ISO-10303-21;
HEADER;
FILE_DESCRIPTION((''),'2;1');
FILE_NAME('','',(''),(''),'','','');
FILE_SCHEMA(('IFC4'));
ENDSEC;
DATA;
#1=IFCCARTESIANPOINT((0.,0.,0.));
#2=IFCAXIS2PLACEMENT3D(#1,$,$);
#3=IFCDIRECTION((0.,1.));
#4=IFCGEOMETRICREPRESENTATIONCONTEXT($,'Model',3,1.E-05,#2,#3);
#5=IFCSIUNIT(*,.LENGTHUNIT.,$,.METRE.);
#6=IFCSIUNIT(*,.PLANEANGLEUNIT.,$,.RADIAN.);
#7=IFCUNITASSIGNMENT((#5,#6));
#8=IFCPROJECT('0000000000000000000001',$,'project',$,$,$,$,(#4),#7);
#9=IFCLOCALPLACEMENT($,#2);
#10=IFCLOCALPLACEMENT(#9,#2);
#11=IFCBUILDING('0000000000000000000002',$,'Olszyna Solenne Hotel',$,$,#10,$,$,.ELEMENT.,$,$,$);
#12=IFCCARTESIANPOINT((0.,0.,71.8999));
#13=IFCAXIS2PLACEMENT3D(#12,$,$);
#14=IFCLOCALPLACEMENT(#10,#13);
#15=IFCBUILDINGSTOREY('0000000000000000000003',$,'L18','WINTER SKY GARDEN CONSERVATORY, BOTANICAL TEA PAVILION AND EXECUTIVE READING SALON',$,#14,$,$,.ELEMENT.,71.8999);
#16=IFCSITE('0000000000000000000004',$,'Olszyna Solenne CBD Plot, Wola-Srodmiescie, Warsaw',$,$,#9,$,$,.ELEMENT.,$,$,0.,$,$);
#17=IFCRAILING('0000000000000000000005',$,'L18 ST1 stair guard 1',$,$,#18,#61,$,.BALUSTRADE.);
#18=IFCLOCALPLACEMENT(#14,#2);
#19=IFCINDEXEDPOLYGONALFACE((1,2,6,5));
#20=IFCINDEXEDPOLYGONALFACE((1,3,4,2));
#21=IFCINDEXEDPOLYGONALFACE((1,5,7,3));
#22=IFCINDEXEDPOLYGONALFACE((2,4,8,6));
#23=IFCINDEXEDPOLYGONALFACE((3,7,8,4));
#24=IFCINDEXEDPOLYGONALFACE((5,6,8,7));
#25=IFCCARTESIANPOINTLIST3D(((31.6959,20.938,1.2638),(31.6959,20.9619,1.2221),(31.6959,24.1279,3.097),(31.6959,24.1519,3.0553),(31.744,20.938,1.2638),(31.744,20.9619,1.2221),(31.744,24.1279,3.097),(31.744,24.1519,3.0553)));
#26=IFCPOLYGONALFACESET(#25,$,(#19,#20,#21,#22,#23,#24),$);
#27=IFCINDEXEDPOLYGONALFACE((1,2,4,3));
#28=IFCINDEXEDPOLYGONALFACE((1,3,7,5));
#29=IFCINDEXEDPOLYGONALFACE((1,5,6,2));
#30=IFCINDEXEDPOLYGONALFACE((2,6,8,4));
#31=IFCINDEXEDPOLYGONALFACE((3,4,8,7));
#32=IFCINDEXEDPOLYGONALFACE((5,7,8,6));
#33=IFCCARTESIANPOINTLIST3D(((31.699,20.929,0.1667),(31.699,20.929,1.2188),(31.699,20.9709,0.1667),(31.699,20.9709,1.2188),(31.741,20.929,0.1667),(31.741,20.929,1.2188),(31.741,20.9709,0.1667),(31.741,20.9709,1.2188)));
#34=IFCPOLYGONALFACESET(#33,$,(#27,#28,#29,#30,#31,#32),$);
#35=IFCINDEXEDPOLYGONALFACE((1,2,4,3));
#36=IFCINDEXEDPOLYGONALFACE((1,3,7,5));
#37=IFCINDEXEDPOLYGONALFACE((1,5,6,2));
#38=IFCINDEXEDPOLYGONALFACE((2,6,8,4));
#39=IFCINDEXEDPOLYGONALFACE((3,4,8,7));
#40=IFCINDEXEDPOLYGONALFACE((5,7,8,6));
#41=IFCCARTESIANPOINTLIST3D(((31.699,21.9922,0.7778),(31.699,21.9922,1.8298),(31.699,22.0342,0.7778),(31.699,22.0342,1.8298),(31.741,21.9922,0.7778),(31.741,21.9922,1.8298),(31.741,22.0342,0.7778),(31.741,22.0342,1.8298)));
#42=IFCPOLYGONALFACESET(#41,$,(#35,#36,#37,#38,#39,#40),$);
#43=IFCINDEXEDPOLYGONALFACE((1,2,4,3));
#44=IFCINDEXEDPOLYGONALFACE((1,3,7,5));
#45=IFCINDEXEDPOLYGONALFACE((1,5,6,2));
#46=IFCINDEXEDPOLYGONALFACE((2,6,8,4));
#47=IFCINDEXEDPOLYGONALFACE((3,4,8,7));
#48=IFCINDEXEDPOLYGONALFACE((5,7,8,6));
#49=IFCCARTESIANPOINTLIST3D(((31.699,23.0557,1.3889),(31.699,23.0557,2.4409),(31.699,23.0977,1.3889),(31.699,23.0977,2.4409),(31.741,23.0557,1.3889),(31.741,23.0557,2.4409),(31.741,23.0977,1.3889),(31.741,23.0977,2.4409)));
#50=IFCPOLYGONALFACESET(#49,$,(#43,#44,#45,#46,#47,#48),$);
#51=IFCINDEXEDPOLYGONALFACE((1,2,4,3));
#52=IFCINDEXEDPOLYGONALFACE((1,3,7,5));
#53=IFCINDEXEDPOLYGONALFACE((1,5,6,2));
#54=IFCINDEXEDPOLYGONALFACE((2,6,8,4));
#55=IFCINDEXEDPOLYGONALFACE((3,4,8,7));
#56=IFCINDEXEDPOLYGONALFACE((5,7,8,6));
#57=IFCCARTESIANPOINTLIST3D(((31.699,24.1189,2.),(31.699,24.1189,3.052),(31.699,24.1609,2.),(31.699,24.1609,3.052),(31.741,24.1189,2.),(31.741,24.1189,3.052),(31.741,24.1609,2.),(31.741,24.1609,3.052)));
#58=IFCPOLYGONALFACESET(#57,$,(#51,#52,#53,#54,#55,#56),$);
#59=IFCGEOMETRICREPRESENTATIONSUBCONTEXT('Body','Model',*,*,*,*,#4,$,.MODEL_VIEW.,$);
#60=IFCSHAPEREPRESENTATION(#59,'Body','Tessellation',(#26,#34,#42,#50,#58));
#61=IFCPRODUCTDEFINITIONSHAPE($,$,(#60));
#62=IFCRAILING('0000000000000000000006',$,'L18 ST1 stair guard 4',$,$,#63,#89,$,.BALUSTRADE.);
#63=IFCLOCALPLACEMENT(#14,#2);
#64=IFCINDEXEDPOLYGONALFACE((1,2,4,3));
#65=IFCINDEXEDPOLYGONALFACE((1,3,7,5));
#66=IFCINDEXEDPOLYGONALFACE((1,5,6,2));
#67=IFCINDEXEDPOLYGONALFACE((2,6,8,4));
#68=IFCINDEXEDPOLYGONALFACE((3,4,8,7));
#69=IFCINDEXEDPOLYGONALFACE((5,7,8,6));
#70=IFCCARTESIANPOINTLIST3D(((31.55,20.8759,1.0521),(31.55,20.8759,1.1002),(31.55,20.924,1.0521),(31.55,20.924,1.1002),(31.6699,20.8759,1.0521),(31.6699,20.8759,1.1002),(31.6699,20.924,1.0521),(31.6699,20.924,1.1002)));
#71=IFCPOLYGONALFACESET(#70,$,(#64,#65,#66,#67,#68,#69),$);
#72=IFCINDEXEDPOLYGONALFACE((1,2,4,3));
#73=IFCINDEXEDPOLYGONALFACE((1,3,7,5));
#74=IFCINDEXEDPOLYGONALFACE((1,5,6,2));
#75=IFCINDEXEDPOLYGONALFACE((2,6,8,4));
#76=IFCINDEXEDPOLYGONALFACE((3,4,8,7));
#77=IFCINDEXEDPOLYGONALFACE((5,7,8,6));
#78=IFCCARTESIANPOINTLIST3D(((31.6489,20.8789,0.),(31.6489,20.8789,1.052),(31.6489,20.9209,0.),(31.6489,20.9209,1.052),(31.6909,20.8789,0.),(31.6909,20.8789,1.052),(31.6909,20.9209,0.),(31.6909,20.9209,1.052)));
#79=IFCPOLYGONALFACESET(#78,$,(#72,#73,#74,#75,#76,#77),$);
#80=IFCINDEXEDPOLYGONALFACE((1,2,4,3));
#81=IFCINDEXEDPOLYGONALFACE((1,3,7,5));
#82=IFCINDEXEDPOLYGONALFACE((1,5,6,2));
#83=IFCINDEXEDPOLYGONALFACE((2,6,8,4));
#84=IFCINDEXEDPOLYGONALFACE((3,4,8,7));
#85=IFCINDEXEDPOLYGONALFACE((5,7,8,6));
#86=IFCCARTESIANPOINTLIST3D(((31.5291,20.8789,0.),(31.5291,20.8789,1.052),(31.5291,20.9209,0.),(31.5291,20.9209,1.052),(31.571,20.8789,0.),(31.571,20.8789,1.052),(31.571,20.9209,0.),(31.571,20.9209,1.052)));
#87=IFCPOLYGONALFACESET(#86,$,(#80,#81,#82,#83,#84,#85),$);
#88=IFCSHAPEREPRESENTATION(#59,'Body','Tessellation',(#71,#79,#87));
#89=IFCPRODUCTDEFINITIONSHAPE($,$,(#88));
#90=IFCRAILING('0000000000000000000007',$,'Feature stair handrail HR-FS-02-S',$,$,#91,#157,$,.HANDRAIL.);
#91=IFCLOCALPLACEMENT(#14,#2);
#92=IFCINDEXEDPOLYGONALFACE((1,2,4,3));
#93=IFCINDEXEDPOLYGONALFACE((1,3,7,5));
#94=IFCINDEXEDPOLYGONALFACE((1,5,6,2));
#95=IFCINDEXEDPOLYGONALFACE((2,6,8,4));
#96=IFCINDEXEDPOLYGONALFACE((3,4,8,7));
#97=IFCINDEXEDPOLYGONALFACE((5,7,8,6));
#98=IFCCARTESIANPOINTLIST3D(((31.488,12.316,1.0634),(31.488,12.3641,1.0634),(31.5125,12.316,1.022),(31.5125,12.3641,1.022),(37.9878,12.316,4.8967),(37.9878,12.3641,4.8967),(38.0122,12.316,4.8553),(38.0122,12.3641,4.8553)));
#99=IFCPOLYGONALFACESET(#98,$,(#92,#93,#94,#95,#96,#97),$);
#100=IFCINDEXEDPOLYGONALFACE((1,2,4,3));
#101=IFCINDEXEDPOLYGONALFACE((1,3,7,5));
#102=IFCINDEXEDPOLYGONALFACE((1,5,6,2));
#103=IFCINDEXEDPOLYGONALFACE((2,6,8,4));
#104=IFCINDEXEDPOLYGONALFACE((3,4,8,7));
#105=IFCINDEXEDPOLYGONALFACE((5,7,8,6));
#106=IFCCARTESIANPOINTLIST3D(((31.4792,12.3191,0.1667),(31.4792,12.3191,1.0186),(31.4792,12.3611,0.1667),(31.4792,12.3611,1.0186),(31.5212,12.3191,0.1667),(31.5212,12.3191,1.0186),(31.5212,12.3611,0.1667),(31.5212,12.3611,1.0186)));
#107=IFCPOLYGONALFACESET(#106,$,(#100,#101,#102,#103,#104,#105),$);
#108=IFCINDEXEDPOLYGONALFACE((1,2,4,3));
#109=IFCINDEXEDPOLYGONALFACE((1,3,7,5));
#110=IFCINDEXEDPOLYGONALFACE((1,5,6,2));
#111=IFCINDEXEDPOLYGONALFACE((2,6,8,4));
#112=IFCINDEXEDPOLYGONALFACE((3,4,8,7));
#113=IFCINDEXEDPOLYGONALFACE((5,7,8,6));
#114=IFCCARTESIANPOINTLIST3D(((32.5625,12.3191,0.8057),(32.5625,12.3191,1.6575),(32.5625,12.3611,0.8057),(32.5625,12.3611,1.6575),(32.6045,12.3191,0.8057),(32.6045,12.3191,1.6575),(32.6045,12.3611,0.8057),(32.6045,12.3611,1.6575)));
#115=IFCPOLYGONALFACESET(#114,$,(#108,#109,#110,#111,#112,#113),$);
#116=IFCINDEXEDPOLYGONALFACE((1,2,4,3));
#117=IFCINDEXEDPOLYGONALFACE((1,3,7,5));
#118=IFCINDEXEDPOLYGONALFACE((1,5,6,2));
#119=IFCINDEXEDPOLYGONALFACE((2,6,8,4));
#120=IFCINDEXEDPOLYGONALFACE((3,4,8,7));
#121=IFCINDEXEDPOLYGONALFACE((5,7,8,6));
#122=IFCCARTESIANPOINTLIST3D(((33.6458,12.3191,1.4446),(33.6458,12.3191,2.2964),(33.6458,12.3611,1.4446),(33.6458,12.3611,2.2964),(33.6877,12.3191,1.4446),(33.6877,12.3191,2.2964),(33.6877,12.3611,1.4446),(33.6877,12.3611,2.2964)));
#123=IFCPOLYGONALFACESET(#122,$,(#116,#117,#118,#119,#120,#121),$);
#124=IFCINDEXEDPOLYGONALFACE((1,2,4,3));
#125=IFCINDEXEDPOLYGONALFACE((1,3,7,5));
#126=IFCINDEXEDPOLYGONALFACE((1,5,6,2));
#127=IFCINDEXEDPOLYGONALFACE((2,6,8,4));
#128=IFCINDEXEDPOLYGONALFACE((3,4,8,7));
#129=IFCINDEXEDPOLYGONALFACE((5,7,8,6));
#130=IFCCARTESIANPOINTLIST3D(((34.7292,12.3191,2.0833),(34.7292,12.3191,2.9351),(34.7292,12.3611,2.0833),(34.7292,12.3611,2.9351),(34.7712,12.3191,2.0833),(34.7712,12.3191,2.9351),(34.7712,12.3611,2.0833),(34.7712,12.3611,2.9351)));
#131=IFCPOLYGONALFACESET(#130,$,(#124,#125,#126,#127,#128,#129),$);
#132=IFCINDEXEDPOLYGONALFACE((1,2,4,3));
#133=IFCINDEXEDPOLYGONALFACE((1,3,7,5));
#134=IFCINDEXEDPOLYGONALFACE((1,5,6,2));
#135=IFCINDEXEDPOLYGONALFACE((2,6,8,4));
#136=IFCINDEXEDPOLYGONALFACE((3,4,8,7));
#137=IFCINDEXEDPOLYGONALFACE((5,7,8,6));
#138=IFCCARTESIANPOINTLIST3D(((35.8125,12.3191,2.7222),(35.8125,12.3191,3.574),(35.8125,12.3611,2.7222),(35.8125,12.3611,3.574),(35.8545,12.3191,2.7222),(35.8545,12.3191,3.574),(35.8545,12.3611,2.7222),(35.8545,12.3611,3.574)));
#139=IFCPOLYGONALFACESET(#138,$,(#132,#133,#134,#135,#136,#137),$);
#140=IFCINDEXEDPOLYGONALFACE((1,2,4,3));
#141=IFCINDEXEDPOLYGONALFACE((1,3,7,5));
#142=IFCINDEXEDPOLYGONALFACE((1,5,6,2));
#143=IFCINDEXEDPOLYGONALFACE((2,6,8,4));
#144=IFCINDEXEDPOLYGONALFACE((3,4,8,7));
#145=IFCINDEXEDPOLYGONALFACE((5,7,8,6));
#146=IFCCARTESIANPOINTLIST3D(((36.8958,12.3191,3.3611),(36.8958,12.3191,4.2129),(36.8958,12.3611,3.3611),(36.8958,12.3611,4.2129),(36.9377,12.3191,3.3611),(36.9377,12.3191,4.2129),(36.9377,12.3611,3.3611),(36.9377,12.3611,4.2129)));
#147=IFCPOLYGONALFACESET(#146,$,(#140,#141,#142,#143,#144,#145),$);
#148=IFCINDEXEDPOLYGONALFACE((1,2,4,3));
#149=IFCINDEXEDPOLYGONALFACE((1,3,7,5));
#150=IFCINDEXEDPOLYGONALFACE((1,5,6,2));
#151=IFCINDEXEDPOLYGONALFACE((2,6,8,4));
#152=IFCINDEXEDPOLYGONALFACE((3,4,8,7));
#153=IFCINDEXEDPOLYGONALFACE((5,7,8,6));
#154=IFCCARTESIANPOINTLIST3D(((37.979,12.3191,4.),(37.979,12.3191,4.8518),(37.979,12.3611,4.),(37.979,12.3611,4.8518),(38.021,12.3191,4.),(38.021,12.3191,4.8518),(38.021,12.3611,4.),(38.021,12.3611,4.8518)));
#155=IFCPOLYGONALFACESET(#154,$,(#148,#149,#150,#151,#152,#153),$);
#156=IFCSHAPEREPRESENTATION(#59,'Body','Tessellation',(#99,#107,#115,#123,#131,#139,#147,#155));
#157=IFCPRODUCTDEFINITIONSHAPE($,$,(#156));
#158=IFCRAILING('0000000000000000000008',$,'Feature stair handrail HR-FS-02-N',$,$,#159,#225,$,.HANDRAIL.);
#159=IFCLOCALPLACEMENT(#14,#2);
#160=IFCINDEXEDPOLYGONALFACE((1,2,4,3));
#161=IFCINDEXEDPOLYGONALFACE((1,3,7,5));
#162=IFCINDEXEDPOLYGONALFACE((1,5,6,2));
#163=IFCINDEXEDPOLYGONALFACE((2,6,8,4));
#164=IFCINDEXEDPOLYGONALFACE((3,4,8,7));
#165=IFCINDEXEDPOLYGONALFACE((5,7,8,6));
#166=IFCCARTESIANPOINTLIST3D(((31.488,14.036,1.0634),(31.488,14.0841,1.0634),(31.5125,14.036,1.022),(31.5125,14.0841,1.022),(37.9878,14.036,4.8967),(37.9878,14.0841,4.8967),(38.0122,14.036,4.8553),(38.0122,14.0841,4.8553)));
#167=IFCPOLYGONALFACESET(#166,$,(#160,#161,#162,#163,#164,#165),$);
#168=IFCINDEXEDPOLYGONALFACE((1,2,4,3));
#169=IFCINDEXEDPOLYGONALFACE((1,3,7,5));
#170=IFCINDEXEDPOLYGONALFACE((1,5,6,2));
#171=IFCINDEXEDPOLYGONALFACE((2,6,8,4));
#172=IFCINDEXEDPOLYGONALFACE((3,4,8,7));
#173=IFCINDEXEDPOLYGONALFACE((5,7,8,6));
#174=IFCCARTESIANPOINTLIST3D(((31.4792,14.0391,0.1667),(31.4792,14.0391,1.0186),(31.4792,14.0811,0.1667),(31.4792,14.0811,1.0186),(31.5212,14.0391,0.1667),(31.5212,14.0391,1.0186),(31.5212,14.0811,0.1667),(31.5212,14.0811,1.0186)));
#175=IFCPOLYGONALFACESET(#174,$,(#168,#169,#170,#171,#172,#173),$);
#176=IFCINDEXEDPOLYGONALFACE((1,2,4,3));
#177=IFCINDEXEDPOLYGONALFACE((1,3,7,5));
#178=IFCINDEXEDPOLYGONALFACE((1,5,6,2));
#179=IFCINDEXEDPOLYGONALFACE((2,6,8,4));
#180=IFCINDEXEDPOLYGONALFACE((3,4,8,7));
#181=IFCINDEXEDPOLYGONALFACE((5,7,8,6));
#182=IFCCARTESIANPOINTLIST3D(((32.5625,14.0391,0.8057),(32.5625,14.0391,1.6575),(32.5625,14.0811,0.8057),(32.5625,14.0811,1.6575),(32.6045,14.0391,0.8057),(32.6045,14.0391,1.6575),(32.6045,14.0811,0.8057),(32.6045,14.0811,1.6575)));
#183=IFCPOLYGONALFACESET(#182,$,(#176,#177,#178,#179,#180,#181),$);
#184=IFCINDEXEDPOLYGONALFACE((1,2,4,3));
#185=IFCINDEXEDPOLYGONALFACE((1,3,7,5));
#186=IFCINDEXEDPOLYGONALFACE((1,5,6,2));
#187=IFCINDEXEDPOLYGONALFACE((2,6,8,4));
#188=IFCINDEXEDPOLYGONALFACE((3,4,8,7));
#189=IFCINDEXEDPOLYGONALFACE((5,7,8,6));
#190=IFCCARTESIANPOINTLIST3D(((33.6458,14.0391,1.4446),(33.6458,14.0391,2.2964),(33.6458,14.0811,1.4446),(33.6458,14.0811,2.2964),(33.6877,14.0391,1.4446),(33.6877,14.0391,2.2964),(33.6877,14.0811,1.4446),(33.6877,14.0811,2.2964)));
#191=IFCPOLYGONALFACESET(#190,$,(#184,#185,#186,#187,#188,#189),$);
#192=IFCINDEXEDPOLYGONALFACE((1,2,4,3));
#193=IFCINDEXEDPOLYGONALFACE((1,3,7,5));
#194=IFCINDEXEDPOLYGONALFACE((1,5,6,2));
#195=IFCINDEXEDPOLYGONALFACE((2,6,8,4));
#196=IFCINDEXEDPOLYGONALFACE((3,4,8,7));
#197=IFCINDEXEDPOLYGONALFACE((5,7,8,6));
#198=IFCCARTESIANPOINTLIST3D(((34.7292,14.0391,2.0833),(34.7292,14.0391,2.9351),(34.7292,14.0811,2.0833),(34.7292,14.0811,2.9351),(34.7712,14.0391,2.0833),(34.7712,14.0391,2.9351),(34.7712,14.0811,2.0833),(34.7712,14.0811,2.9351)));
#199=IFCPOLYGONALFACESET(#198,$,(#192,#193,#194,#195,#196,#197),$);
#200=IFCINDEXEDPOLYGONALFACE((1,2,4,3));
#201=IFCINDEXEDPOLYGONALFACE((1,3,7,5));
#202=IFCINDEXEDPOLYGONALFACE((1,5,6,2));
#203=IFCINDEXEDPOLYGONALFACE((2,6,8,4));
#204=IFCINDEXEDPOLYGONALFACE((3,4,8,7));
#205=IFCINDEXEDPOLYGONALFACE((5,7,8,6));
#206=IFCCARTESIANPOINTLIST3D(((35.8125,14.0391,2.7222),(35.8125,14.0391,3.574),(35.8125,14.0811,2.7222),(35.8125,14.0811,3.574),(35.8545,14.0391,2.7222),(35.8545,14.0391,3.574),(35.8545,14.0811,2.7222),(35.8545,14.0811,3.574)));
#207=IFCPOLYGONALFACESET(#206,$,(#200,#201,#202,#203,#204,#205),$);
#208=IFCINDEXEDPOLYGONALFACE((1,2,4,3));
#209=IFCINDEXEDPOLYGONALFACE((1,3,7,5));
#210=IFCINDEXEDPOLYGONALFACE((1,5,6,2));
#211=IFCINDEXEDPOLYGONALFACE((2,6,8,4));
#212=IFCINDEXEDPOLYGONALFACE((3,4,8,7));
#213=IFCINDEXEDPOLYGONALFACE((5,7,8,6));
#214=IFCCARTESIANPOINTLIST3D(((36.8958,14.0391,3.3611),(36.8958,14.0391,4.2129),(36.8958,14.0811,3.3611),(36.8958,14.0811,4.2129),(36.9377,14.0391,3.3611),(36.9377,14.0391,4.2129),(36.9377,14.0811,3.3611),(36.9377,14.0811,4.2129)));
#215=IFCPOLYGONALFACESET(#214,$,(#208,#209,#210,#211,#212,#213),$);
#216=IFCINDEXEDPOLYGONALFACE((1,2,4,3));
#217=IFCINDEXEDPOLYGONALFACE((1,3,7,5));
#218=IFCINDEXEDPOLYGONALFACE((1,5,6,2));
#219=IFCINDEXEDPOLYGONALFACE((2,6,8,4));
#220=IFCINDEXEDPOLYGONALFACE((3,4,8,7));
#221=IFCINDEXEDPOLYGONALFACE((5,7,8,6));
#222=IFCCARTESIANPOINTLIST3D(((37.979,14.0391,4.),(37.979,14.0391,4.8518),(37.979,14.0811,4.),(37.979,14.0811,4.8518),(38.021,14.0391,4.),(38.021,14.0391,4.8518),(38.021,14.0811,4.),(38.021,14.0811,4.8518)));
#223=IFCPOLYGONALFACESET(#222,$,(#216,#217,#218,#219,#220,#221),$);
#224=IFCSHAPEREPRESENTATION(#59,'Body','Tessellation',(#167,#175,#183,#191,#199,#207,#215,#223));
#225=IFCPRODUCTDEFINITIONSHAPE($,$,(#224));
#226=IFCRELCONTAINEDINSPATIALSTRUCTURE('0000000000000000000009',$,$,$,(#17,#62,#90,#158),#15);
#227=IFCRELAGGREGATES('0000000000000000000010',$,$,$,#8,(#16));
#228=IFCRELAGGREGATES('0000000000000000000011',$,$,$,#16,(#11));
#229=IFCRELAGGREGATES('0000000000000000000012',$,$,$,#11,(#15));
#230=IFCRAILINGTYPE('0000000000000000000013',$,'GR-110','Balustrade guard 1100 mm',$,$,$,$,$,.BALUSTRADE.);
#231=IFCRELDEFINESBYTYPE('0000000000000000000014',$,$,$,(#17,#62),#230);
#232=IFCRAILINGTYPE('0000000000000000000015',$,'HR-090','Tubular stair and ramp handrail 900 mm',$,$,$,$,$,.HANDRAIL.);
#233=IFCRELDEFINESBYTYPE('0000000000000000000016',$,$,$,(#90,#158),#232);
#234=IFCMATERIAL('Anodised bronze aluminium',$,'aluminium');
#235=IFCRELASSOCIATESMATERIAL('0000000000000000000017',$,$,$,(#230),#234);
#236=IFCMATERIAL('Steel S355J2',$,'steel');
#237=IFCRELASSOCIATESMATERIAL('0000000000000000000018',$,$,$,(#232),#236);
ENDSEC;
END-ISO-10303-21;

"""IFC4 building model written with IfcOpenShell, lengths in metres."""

from ifc_helpers import new_model, si_unit, direction, frame, origin, origin_2d, place, context, subcontext, project, spatial, rectangle, extrude, material, type_object, element, save


model = new_model("IFC4")

# Units and contexts
model_context = context("Model", 3, precision=1e-05, world=origin(), true_north=direction((0.0, 1.0)))
body_context = subcontext(model_context, "Body", "Model", "MODEL_VIEW")
ifc_project = project(units=[si_unit("LENGTHUNIT", "METRE"), si_unit("PLANEANGLEUNIT", "RADIAN")], contexts=[model_context])

# Site, building, storey
site_placement = place(None, origin())
site = spatial("IfcSite", under=ifc_project, at=site_placement, Name="Olszyna Solenne CBD Plot, Wola-Srodmiescie, Warsaw", CompositionType="ELEMENT", RefElevation=0.0)
building_placement = place(site_placement, origin())
building = spatial("IfcBuilding", under=site, at=building_placement, Name="Olszyna Solenne Hotel", CompositionType="ELEMENT")
storey_placement = place(building_placement, frame((0.0, 0.0, 71.8999)))
storey = spatial("IfcBuildingStorey", under=building, at=storey_placement, Name="L18", Description="WINTER SKY GARDEN CONSERVATORY, BOTANICAL TEA PAVILION AND EXECUTIVE READING SALON", CompositionType="ELEMENT", Elevation=71.8999)

# Shared definitions
ifc_material_1 = material(Name="Steel S355J2", Category="steel")

# Shared definitions
ifc_material_2 = material(Name="Anodised bronze aluminium", Category="aluminium")

# Railings
railing_type_1 = type_object("IfcRailingType", Name="GR-110", Description="Balustrade guard 1100 mm", PredefinedType="BALUSTRADE", material=ifc_material_2)
railing_1_placement = place(storey_placement, frame((31.72, 20.95, 0.1667)))
element("IfcRailing", 1, at=railing_1_placement, inside=storey, type_object=railing_type_1, Name="L18 ST1 stair guard 1", PredefinedType="BALUSTRADE", context=body_context, shape_type="SweptSolid", body=[
    extrude(rectangle(XDim=0.0481, YDim=0.0481, at=origin_2d()), frame((0.0, 0.0, 1.0762), z_axis=(0.0, 0.86702, 0.498274), x_axis=(-1.0, 0.0, 0.0)), (0.0, 0.0, 1.0), 3.6792),
    extrude(rectangle(XDim=0.042, YDim=0.042, at=origin_2d()), origin(), (0.0, 0.0, 1.0), 1.052),
    extrude(rectangle(XDim=0.042, YDim=0.042, at=origin_2d()), frame((0.0, 1.0632, 0.6111)), (0.0, 0.0, 1.0), 1.052),
    extrude(rectangle(XDim=0.042, YDim=0.042, at=origin_2d()), frame((0.0, 2.1267, 1.2222)), (0.0, 0.0, 1.0), 1.052),
    extrude(rectangle(XDim=0.042, YDim=0.042, at=origin_2d()), frame((0.0, 3.1899, 1.8333)), (0.0, 0.0, 1.0), 1.052),
])
railing_2_placement = place(storey_placement, frame((31.6699, 20.8999, 0.0)))
element("IfcRailing", 2, at=railing_2_placement, inside=storey, type_object=railing_type_1, Name="L18 ST1 stair guard 4", PredefinedType="BALUSTRADE", context=body_context, shape_type="SweptSolid", body=[
    extrude(rectangle(XDim=0.0481, YDim=0.0481, at=origin_2d()), frame((0.0, 0.0, 1.0762), z_axis=(-1.0, 0.0, 0.0), x_axis=(0.0, -1.0, 0.0)), (0.0, 0.0, 1.0), 0.1199),
    extrude(rectangle(XDim=0.042, YDim=0.042, at=origin_2d()), origin(), (0.0, 0.0, 1.0), 1.052),
    extrude(rectangle(XDim=0.042, YDim=0.042, at=origin_2d()), frame((-0.1199, 0.0, 0.0)), (0.0, 0.0, 1.0), 1.052),
])
railing_type_2 = type_object("IfcRailingType", Name="HR-090", Description="Tubular stair and ramp handrail 900 mm", PredefinedType="HANDRAIL", material=ifc_material_1)
for number, where, name in (
    (3, (31.5002, 12.3401, 0.1667), "Feature stair handrail HR-FS-02-S"),
    (4, (31.5002, 14.0601, 0.1667), "Feature stair handrail HR-FS-02-N"),
):
    element("IfcRailing", number, at=place(storey_placement, frame(where)), inside=storey, type_object=railing_type_2, Name=name, PredefinedType="HANDRAIL", context=body_context, shape_type="SweptSolid", body=[
        extrude(rectangle(XDim=0.0481, YDim=0.0481, at=origin_2d()), frame((0.0, 0.0, 0.876), z_axis=(0.861362, 0.0, 0.507991), x_axis=(0.0, 1.0, 0.0)), (0.0, 0.0, 1.0), 7.5459),
        extrude(rectangle(XDim=0.042, YDim=0.042, at=origin_2d()), origin(), (0.0, 0.0, 1.0), 0.8518),
        extrude(rectangle(XDim=0.042, YDim=0.042, at=origin_2d()), frame((1.0833, 0.0, 0.6389)), (0.0, 0.0, 1.0), 0.8518),
        extrude(rectangle(XDim=0.042, YDim=0.042, at=origin_2d()), frame((2.1665, 0.0, 1.2778)), (0.0, 0.0, 1.0), 0.8518),
        extrude(rectangle(XDim=0.042, YDim=0.042, at=origin_2d()), frame((3.25, 0.0, 1.9165)), (0.0, 0.0, 1.0), 0.8518),
        extrude(rectangle(XDim=0.042, YDim=0.042, at=origin_2d()), frame((4.3333, 0.0, 2.5554)), (0.0, 0.0, 1.0), 0.8518),
        extrude(rectangle(XDim=0.042, YDim=0.042, at=origin_2d()), frame((5.4165, 0.0, 3.1943)), (0.0, 0.0, 1.0), 0.8518),
        extrude(rectangle(XDim=0.042, YDim=0.042, at=origin_2d()), frame((6.4998, 0.0, 3.8333)), (0.0, 0.0, 1.0), 0.8518),
    ])

save(model, "model.ifc")
